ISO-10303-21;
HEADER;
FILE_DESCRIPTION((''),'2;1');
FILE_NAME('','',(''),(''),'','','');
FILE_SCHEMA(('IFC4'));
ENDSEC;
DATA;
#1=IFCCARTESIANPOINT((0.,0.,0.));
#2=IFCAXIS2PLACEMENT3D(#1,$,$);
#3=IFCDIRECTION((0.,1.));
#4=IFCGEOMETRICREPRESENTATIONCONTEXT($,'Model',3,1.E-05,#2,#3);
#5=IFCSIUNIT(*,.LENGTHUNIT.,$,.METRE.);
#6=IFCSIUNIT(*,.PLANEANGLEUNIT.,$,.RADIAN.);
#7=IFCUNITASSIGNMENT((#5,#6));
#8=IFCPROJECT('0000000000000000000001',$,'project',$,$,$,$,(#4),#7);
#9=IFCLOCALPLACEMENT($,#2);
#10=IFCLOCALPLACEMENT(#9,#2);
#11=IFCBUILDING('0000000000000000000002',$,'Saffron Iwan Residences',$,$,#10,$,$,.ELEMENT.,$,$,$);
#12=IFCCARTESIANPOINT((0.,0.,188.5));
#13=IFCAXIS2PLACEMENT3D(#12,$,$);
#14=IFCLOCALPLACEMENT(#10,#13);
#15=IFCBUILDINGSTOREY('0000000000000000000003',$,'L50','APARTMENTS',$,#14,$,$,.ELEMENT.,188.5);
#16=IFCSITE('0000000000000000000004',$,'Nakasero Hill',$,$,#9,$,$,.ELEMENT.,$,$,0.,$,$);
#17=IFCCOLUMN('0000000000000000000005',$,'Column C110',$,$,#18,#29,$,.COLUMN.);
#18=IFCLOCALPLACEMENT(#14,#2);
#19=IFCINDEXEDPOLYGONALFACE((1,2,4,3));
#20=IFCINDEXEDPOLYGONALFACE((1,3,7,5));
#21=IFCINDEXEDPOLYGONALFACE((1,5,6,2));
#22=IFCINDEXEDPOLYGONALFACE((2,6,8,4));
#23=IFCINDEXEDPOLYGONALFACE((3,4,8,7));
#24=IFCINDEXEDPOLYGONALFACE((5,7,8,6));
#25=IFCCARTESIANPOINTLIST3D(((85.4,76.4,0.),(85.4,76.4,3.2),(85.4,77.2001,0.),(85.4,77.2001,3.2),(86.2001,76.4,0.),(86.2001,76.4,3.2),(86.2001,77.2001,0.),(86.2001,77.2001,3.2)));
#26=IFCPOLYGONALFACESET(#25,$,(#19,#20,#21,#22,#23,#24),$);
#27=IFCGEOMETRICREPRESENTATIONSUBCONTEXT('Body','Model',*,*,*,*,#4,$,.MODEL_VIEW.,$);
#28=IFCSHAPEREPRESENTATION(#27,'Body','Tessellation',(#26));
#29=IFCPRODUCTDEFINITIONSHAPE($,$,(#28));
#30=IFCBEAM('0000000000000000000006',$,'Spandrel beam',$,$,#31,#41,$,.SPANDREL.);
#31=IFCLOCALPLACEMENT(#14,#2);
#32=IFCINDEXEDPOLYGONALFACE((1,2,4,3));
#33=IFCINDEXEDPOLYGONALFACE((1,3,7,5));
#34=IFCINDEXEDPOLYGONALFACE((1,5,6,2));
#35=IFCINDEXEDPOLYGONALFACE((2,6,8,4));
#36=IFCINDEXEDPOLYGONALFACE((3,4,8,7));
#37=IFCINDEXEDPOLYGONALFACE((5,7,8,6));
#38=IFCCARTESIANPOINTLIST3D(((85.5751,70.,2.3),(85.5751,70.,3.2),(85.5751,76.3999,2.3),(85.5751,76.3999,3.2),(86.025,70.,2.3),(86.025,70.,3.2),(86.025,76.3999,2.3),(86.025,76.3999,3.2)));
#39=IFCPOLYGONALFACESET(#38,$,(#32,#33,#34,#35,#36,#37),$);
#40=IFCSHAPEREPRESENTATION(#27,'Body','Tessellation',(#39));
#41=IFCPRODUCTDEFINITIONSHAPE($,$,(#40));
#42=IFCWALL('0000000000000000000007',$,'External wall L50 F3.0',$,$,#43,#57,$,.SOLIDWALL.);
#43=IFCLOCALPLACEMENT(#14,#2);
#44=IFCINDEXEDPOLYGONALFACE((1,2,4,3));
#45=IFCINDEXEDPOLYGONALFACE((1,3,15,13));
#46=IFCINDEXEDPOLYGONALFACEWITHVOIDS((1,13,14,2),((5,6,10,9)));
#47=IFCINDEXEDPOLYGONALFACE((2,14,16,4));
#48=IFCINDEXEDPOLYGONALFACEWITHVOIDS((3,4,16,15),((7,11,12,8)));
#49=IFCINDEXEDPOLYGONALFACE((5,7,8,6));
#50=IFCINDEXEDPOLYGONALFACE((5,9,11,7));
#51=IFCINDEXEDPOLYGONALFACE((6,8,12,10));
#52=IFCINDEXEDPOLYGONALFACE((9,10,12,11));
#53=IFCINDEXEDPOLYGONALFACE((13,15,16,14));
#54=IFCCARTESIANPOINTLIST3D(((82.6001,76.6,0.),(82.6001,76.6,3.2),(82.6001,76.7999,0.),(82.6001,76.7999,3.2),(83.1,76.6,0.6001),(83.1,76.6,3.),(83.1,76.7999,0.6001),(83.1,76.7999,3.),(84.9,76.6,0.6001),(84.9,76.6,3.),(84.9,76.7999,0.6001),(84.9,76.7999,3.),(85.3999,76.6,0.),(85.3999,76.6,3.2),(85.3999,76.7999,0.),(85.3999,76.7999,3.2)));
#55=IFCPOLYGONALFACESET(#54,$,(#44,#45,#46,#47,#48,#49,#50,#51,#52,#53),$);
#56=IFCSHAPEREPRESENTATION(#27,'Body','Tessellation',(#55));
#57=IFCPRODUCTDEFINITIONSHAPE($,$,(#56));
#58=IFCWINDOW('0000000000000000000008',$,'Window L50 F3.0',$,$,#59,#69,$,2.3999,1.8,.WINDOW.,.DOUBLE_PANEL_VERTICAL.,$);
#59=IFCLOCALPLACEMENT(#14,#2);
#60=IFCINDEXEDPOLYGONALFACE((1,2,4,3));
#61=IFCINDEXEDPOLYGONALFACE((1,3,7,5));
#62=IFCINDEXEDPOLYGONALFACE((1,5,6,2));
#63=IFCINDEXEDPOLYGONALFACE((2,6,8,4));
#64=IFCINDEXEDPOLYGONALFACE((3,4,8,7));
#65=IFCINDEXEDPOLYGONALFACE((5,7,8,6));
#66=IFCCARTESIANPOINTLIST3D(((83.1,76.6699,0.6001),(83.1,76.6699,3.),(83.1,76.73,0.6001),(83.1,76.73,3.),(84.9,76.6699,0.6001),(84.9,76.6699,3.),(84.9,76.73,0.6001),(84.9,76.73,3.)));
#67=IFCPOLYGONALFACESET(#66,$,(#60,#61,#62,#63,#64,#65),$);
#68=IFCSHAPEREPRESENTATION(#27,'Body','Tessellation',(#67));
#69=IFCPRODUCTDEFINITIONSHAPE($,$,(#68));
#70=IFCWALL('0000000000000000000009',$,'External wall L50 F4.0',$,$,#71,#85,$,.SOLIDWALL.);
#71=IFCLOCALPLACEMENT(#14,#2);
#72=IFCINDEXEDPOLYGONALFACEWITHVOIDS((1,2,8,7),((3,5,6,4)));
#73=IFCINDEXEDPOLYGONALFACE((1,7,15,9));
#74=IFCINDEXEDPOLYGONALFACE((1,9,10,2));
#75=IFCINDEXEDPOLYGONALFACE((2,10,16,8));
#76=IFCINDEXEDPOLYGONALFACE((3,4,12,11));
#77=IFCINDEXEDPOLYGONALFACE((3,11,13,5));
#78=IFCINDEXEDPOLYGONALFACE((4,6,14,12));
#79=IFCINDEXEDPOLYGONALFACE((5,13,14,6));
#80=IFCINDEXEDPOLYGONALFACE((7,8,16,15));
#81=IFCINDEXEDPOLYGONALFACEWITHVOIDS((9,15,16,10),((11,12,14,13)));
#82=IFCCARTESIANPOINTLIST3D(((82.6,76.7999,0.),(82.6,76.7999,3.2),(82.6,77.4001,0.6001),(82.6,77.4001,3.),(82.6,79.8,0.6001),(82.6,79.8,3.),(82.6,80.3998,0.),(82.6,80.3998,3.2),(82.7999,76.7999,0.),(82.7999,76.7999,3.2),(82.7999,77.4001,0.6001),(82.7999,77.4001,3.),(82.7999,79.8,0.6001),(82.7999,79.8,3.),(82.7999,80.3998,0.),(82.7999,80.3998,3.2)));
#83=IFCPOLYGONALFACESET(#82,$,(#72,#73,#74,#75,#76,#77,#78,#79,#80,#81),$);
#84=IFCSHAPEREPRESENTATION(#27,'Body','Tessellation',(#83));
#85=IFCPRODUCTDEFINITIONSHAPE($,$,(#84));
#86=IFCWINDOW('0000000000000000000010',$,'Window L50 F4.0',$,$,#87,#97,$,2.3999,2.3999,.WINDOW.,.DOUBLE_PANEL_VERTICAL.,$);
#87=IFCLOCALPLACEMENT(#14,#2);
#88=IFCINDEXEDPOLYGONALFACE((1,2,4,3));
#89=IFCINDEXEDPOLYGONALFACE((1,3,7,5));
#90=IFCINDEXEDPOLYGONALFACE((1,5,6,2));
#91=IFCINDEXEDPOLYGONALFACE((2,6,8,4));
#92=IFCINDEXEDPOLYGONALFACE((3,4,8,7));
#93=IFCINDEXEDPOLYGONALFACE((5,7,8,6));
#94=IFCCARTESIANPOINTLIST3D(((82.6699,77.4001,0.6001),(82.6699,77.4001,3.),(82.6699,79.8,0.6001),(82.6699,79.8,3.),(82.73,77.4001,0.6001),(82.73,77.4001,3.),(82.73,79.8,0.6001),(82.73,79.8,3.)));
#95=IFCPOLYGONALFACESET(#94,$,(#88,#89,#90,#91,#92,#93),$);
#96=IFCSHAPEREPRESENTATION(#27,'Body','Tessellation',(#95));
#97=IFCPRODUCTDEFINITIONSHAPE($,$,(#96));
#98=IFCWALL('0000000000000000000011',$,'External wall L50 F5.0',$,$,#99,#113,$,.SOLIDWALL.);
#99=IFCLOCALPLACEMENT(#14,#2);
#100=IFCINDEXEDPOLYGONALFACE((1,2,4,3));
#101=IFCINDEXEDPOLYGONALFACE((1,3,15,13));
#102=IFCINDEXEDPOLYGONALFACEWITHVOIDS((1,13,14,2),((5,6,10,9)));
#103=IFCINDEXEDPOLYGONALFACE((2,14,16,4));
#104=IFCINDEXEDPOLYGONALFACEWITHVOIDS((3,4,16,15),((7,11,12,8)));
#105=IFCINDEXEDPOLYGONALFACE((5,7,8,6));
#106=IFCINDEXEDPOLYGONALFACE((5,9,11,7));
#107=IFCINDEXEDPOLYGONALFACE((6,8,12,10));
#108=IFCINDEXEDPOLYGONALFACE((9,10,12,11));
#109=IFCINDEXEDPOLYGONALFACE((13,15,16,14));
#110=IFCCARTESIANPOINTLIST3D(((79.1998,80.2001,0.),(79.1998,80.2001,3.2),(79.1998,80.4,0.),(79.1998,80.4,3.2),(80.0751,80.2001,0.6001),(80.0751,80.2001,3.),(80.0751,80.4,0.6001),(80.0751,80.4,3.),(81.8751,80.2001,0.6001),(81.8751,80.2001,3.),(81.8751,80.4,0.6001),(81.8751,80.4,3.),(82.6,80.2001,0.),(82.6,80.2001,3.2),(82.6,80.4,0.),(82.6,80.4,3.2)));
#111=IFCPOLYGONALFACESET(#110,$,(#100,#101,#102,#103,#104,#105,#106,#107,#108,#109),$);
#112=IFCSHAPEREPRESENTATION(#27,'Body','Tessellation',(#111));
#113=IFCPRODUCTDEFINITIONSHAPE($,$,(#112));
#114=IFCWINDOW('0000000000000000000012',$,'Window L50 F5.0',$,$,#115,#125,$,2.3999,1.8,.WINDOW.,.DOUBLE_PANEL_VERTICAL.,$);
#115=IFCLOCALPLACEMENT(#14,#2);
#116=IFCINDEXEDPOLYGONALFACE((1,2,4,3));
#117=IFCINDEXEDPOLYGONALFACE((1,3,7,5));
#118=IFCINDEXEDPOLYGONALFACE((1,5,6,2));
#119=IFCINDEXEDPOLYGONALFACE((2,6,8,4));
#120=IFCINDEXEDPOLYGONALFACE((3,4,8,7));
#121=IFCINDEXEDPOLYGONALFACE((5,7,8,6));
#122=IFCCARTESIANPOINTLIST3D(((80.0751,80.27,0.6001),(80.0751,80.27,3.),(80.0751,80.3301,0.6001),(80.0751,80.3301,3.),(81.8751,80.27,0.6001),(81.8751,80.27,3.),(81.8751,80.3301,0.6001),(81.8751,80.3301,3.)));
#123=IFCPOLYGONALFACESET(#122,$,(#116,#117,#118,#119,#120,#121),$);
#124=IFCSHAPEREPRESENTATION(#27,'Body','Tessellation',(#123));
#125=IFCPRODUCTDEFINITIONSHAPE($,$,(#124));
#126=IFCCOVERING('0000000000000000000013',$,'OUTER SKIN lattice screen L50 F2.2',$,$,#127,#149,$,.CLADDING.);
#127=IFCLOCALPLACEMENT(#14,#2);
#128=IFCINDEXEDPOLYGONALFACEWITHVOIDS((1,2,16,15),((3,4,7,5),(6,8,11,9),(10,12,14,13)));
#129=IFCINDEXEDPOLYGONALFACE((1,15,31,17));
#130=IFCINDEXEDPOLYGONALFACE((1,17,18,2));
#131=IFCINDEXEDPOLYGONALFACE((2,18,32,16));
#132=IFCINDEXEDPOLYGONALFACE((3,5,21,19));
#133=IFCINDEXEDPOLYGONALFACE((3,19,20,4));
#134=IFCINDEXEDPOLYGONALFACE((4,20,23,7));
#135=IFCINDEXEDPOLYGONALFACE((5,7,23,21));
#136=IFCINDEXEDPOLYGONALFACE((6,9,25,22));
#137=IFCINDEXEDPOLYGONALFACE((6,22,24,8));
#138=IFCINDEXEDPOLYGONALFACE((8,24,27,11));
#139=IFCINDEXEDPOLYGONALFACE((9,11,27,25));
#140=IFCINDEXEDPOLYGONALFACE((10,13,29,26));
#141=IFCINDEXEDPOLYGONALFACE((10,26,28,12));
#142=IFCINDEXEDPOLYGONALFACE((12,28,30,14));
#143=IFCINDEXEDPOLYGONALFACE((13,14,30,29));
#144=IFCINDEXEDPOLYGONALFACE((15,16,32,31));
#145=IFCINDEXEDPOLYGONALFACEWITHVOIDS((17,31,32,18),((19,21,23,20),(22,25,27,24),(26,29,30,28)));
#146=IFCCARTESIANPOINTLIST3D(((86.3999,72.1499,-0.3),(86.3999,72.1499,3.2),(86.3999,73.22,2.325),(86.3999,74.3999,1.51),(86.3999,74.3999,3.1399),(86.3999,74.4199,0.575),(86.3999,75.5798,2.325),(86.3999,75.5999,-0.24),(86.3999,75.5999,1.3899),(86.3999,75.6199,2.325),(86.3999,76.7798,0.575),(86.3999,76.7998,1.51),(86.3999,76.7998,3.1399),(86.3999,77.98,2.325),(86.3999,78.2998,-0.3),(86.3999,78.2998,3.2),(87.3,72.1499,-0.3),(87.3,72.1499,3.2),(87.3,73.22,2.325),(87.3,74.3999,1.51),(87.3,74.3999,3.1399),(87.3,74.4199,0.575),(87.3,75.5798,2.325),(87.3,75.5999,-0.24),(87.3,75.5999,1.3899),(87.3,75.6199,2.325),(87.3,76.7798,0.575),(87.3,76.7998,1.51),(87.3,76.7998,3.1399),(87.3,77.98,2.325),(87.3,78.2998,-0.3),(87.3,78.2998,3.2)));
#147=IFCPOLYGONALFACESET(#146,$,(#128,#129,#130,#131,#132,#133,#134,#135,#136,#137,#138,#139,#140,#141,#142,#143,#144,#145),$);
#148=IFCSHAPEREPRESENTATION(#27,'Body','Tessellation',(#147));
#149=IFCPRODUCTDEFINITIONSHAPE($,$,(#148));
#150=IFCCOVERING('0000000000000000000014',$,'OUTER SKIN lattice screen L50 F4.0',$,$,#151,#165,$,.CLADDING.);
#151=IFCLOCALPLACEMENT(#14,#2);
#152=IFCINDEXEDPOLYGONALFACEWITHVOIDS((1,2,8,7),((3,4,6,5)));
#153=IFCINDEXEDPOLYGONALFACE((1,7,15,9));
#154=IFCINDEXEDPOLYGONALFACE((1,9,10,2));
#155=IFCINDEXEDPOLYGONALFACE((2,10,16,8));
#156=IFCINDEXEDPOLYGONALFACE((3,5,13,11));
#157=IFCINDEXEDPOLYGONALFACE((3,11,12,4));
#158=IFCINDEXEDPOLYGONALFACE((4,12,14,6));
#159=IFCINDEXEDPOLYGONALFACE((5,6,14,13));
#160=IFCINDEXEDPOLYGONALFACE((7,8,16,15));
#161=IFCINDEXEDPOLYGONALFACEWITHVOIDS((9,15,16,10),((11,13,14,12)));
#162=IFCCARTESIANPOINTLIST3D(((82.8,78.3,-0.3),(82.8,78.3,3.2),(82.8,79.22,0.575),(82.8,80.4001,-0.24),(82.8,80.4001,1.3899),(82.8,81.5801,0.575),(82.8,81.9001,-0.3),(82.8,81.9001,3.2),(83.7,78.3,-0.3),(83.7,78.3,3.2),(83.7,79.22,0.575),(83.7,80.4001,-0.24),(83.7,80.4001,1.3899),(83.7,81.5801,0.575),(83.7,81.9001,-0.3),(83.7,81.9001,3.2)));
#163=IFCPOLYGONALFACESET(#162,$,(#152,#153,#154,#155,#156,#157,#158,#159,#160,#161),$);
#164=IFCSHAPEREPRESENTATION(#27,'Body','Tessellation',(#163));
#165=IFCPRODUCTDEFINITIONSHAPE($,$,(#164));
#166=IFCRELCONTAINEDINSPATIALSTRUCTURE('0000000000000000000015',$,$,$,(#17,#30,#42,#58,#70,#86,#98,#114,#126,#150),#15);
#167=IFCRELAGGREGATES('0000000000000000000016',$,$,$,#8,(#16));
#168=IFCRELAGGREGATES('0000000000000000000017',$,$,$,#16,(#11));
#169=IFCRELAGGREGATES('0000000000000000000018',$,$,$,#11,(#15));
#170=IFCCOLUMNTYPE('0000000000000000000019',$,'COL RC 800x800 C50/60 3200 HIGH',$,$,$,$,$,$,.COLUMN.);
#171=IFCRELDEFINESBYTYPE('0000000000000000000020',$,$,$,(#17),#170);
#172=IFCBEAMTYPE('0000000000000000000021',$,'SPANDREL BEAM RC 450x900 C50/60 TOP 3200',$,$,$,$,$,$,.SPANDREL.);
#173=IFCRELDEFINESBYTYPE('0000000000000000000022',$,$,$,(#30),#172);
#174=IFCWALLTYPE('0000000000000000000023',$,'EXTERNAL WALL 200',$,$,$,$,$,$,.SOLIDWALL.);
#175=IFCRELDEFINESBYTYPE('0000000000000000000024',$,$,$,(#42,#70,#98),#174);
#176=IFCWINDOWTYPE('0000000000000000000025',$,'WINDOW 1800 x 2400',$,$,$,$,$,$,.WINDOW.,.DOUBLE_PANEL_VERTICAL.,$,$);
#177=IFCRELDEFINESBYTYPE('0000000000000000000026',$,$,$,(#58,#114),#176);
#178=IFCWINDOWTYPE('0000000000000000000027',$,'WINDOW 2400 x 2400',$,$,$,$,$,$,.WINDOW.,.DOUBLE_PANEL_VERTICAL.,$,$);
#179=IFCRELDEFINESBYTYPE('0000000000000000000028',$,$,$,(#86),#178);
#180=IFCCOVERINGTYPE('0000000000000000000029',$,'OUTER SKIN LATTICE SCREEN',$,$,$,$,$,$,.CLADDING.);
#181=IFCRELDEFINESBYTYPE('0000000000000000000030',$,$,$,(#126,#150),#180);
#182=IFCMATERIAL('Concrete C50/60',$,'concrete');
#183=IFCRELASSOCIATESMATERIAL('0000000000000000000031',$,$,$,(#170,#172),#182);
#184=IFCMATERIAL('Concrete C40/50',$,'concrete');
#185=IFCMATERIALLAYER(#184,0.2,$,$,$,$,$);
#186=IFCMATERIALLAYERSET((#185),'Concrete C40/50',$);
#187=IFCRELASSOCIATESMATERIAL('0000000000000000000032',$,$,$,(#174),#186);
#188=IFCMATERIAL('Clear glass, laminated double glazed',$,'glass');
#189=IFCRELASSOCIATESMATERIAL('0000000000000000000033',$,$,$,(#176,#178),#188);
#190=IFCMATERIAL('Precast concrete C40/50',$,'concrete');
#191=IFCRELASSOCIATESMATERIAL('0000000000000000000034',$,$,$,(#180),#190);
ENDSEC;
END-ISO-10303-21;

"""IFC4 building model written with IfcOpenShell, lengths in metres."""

from ifc_helpers import new_model, si_unit, direction, frame, frame_2d, origin, origin_2d, place, context, subcontext, project, spatial, polyline, rectangle, outline, extrude, source, transform, mapped, material, layer, layer_set, material_profile, profile_set, type_object, element, fill, save


model = new_model("IFC4")

# Units and contexts
model_context = context("Model", 3, precision=1e-05, world=origin(), true_north=direction((0.0, 1.0)))
body_context = subcontext(model_context, "Body", "Model", "MODEL_VIEW")
ifc_project = project(units=[si_unit("LENGTHUNIT", "METRE"), si_unit("PLANEANGLEUNIT", "RADIAN")], contexts=[model_context])

# Site, building, storey
site_placement = place(None, origin())
site = spatial("IfcSite", under=ifc_project, at=site_placement, Name="Nakasero Hill", CompositionType="ELEMENT", RefElevation=0.0)
building_placement = place(site_placement, origin())
building = spatial("IfcBuilding", under=site, at=building_placement, Name="Saffron Iwan Residences", CompositionType="ELEMENT")
storey_placement = place(building_placement, frame((0.0, 0.0, 188.5)))
storey = spatial("IfcBuildingStorey", under=building, at=storey_placement, Name="L50", Description="APARTMENTS", CompositionType="ELEMENT", Elevation=188.5)

# Column
ifc_material_1 = material(Name="Concrete C50/60", Category="concrete")
ifc_material_profile_1 = material_profile(ifc_material_1, rectangle(XDim=0.8, YDim=0.8, at=origin_2d()), Name="RC 800x800")
ifc_profile_set_1 = profile_set([ifc_material_profile_1], Name="Concrete C50/60")
column_type = type_object("IfcColumnType", Name="COL RC 800x800 C50/60 3200 HIGH", PredefinedType="COLUMN", material=ifc_profile_set_1)
shared_shape_1 = source(origin(), body_context, "Body", "SweptSolid", [
    extrude(rectangle(XDim=0.8, YDim=0.8, at=origin_2d()), origin(), (0.0, 0.0, 1.0), 3.2),
])
column_placement = place(storey_placement, frame((85.8, 76.8, 0.0), z_axis=(0.0, 0.0, 1.0), x_axis=(1.0, 0.0, 0.0)))
element("IfcColumn", 1, at=column_placement, inside=storey, type_object=column_type, Name="Column C110", PredefinedType="COLUMN", context=body_context, shape_type="MappedRepresentation", body=[
    mapped(shared_shape_1, transform((0.0, 0.0, 0.0))),
])

# Beam
ifc_material_profile_2 = material_profile(ifc_material_1, rectangle(XDim=0.45, YDim=0.8999, at=origin_2d()), Name="RC 450x900")
ifc_profile_set_2 = profile_set([ifc_material_profile_2], Name="Concrete C50/60")
beam_type = type_object("IfcBeamType", Name="SPANDREL BEAM RC 450x900 C50/60 TOP 3200", PredefinedType="SPANDREL", material=ifc_profile_set_2)
shared_shape_2 = source(origin(), body_context, "Body", "SweptSolid", [
    extrude(rectangle(XDim=0.45, YDim=0.8999, at=origin_2d()), origin(), (0.0, 0.0, 1.0), 6.3999),
])
beam_placement = place(storey_placement, frame((85.8, 76.3999, 2.75), z_axis=(0.0, -1.0, 0.0), x_axis=(1.0, 0.0, 0.0)))
element("IfcBeam", 2, at=beam_placement, inside=storey, type_object=beam_type, Name="Spandrel beam", PredefinedType="SPANDREL", context=body_context, shape_type="MappedRepresentation", body=[
    mapped(shared_shape_2, transform((0.0, 0.0, 0.0))),
])

# Walls, openings, windows
ifc_material_2 = material(Name="Concrete C40/50", Category="concrete")
ifc_layer = layer(ifc_material_2, 0.2)
ifc_layer_set = layer_set([ifc_layer], Name="Concrete C40/50")
wall_type = type_object("IfcWallType", Name="EXTERNAL WALL 200", PredefinedType="SOLIDWALL", material=ifc_layer_set)
wall_1_placement = place(storey_placement, frame((85.3999, 76.7, 0.0), z_axis=(0.0, 0.0, 1.0), x_axis=(-1.0, 0.0, 0.0)))
wall_1 = element("IfcWall", 3, at=wall_1_placement, inside=storey, type_object=wall_type, Name="External wall L50 F3.0", PredefinedType="SOLIDWALL", context=body_context, shape_type="SweptSolid", body=[
    extrude(rectangle(XDim=2.7998, YDim=0.2, at=frame_2d((1.3999, 0.0))), origin(), (0.0, 0.0, 1.0), 3.2),
])
opening_1_placement = place(wall_1_placement, frame((0.5, 0.0, 0.6001)))
opening_1 = element("IfcOpeningElement", 4, at=opening_1_placement, cuts=wall_1, PredefinedType="OPENING", context=body_context, shape_type="SweptSolid", body=[
    extrude(rectangle(XDim=1.8, YDim=2.3999, at=frame_2d((0.8999, 1.2))), frame((0.0, 0.1099, 0.0), z_axis=(0.0, -1.0, 0.0), x_axis=(1.0, 0.0, 0.0)), (0.0, 0.0, 1.0), 0.22),
])
ifc_material_3 = material(Name="Clear glass, laminated double glazed", Category="glass")
window_type_1 = type_object("IfcWindowType", Name="WINDOW 1800 x 2400", PartitioningType="DOUBLE_PANEL_VERTICAL", PredefinedType="WINDOW", material=ifc_material_3)
window_1_placement = place(opening_1_placement, origin())
window_1 = element("IfcWindow", 5, at=window_1_placement, inside=storey, type_object=window_type_1, Name="Window L50 F3.0", OverallHeight=2.3999, OverallWidth=1.8, PartitioningType="DOUBLE_PANEL_VERTICAL", PredefinedType="WINDOW", context=body_context, shape_type="SweptSolid", body=[
    extrude(rectangle(XDim=1.8, YDim=2.3999, at=frame_2d((0.8999, 1.2))), frame((0.0, 0.03, 0.0), z_axis=(0.0, -1.0, 0.0), x_axis=(1.0, 0.0, 0.0)), (0.0, 0.0, 1.0), 0.0601),
])
fill(opening_1, window_1)
wall_2_placement = place(storey_placement, frame((82.7, 76.8, 0.0), z_axis=(0.0, 0.0, 1.0), x_axis=(0.0, 1.0, 0.0)))
wall_2 = element("IfcWall", 6, at=wall_2_placement, inside=storey, type_object=wall_type, Name="External wall L50 F4.0", PredefinedType="SOLIDWALL", context=body_context, shape_type="SweptSolid", body=[
    extrude(rectangle(XDim=3.5999, YDim=0.2, at=frame_2d((1.7998, 0.0))), origin(), (0.0, 0.0, 1.0), 3.2),
])
opening_2_placement = place(wall_2_placement, frame((0.6001, 0.0, 0.6001)))
opening_2 = element("IfcOpeningElement", 7, at=opening_2_placement, cuts=wall_2, PredefinedType="OPENING", context=body_context, shape_type="SweptSolid", body=[
    extrude(rectangle(XDim=2.3999, YDim=2.3999, at=frame_2d((1.2, 1.2))), frame((0.0, 0.1099, 0.0), z_axis=(0.0, -1.0, 0.0), x_axis=(1.0, 0.0, 0.0)), (0.0, 0.0, 1.0), 0.22),
])
window_type_2 = type_object("IfcWindowType", Name="WINDOW 2400 x 2400", PartitioningType="DOUBLE_PANEL_VERTICAL", PredefinedType="WINDOW", material=ifc_material_3)
window_2_placement = place(opening_2_placement, origin())
window_2 = element("IfcWindow", 8, at=window_2_placement, inside=storey, type_object=window_type_2, Name="Window L50 F4.0", OverallHeight=2.3999, OverallWidth=2.3999, PartitioningType="DOUBLE_PANEL_VERTICAL", PredefinedType="WINDOW", context=body_context, shape_type="SweptSolid", body=[
    extrude(rectangle(XDim=2.3999, YDim=2.3999, at=frame_2d((1.2, 1.2))), frame((0.0, 0.03, 0.0), z_axis=(0.0, -1.0, 0.0), x_axis=(1.0, 0.0, 0.0)), (0.0, 0.0, 1.0), 0.0601),
])
fill(opening_2, window_2)
wall_3_placement = place(storey_placement, frame((82.6001, 80.3, 0.0), z_axis=(0.0, 0.0, 1.0), x_axis=(-1.0, 0.0, 0.0)))
wall_3 = element("IfcWall", 9, at=wall_3_placement, inside=storey, type_object=wall_type, Name="External wall L50 F5.0", PredefinedType="SOLIDWALL", context=body_context, shape_type="SweptSolid", body=[
    extrude(rectangle(XDim=3.4001, YDim=0.2, at=frame_2d((1.7002, 0.0))), origin(), (0.0, 0.0, 1.0), 3.2),
])
opening_3_placement = place(wall_3_placement, frame((0.7251, 0.0, 0.6001)))
opening_3 = element("IfcOpeningElement", 10, at=opening_3_placement, cuts=wall_3, PredefinedType="OPENING", context=body_context, shape_type="SweptSolid", body=[
    extrude(rectangle(XDim=1.8, YDim=2.3999, at=frame_2d((0.8999, 1.2))), frame((0.0, 0.1099, 0.0), z_axis=(0.0, -1.0, 0.0), x_axis=(1.0, 0.0, 0.0)), (0.0, 0.0, 1.0), 0.22),
])
window_3_placement = place(opening_3_placement, origin())
window_3 = element("IfcWindow", 11, at=window_3_placement, inside=storey, type_object=window_type_1, Name="Window L50 F5.0", OverallHeight=2.3999, OverallWidth=1.8, PartitioningType="DOUBLE_PANEL_VERTICAL", PredefinedType="WINDOW", context=body_context, shape_type="SweptSolid", body=[
    extrude(rectangle(XDim=1.8, YDim=2.3999, at=frame_2d((0.8999, 1.2))), frame((0.0, 0.03, 0.0), z_axis=(0.0, -1.0, 0.0), x_axis=(1.0, 0.0, 0.0)), (0.0, 0.0, 1.0), 0.0601),
])
fill(opening_3, window_3)

# Coverings
ifc_material_4 = material(Name="Precast concrete C40/50", Category="concrete")
covering_type_1 = type_object("IfcCoveringType", Name="OUTER SKIN LATTICE SCREEN", PredefinedType="CLADDING", material=ifc_material_4)
covering_1_placement = place(storey_placement, frame((86.3999, 72.1499, -0.3), z_axis=(1.0, 0.0, 0.0), x_axis=(0.0, 1.0, 0.0)))
element("IfcCovering", 12, at=covering_1_placement, inside=storey, type_object=covering_type_1, Name="OUTER SKIN lattice screen L50 F2.2", PredefinedType="CLADDING", context=body_context, shape_type="SweptSolid", body=[
    extrude(outline(polyline([(0.0, 0.0), (6.1499, 0.0), (6.1499, 3.5), (0.0, 3.5), (0.0, 0.0)]), holes=[polyline([(2.27, 0.875), (3.45, 0.0601), (4.6299, 0.875), (3.45, 1.6899), (2.27, 0.875)]), polyline([(1.0701, 2.625), (2.25, 1.8101), (3.4299, 2.625), (2.25, 3.4399), (1.0701, 2.625)]), polyline([(3.47, 2.625), (4.6499, 1.8101), (5.8301, 2.625), (4.6499, 3.4399), (3.47, 2.625)])]), origin(), (0.0, 0.0, 1.0), 0.9001),
])
covering_2_placement = place(storey_placement, frame((82.8, 78.3, -0.3), z_axis=(1.0, 0.0, 0.0), x_axis=(0.0, 1.0, 0.0)))
element("IfcCovering", 13, at=covering_2_placement, inside=storey, type_object=covering_type_1, Name="OUTER SKIN lattice screen L50 F4.0", PredefinedType="CLADDING", context=body_context, shape_type="SweptSolid", body=[
    extrude(outline(polyline([(0.0, 0.0), (3.6001, 0.0), (3.6001, 3.5), (0.0, 3.5), (0.0, 0.0)]), holes=[polyline([(0.9199, 0.875), (2.1001, 0.0601), (3.28, 0.875), (2.1001, 1.6899), (0.9199, 0.875)])]), origin(), (0.0, 0.0, 1.0), 0.8999),
])

save(model, "model.ifc")
